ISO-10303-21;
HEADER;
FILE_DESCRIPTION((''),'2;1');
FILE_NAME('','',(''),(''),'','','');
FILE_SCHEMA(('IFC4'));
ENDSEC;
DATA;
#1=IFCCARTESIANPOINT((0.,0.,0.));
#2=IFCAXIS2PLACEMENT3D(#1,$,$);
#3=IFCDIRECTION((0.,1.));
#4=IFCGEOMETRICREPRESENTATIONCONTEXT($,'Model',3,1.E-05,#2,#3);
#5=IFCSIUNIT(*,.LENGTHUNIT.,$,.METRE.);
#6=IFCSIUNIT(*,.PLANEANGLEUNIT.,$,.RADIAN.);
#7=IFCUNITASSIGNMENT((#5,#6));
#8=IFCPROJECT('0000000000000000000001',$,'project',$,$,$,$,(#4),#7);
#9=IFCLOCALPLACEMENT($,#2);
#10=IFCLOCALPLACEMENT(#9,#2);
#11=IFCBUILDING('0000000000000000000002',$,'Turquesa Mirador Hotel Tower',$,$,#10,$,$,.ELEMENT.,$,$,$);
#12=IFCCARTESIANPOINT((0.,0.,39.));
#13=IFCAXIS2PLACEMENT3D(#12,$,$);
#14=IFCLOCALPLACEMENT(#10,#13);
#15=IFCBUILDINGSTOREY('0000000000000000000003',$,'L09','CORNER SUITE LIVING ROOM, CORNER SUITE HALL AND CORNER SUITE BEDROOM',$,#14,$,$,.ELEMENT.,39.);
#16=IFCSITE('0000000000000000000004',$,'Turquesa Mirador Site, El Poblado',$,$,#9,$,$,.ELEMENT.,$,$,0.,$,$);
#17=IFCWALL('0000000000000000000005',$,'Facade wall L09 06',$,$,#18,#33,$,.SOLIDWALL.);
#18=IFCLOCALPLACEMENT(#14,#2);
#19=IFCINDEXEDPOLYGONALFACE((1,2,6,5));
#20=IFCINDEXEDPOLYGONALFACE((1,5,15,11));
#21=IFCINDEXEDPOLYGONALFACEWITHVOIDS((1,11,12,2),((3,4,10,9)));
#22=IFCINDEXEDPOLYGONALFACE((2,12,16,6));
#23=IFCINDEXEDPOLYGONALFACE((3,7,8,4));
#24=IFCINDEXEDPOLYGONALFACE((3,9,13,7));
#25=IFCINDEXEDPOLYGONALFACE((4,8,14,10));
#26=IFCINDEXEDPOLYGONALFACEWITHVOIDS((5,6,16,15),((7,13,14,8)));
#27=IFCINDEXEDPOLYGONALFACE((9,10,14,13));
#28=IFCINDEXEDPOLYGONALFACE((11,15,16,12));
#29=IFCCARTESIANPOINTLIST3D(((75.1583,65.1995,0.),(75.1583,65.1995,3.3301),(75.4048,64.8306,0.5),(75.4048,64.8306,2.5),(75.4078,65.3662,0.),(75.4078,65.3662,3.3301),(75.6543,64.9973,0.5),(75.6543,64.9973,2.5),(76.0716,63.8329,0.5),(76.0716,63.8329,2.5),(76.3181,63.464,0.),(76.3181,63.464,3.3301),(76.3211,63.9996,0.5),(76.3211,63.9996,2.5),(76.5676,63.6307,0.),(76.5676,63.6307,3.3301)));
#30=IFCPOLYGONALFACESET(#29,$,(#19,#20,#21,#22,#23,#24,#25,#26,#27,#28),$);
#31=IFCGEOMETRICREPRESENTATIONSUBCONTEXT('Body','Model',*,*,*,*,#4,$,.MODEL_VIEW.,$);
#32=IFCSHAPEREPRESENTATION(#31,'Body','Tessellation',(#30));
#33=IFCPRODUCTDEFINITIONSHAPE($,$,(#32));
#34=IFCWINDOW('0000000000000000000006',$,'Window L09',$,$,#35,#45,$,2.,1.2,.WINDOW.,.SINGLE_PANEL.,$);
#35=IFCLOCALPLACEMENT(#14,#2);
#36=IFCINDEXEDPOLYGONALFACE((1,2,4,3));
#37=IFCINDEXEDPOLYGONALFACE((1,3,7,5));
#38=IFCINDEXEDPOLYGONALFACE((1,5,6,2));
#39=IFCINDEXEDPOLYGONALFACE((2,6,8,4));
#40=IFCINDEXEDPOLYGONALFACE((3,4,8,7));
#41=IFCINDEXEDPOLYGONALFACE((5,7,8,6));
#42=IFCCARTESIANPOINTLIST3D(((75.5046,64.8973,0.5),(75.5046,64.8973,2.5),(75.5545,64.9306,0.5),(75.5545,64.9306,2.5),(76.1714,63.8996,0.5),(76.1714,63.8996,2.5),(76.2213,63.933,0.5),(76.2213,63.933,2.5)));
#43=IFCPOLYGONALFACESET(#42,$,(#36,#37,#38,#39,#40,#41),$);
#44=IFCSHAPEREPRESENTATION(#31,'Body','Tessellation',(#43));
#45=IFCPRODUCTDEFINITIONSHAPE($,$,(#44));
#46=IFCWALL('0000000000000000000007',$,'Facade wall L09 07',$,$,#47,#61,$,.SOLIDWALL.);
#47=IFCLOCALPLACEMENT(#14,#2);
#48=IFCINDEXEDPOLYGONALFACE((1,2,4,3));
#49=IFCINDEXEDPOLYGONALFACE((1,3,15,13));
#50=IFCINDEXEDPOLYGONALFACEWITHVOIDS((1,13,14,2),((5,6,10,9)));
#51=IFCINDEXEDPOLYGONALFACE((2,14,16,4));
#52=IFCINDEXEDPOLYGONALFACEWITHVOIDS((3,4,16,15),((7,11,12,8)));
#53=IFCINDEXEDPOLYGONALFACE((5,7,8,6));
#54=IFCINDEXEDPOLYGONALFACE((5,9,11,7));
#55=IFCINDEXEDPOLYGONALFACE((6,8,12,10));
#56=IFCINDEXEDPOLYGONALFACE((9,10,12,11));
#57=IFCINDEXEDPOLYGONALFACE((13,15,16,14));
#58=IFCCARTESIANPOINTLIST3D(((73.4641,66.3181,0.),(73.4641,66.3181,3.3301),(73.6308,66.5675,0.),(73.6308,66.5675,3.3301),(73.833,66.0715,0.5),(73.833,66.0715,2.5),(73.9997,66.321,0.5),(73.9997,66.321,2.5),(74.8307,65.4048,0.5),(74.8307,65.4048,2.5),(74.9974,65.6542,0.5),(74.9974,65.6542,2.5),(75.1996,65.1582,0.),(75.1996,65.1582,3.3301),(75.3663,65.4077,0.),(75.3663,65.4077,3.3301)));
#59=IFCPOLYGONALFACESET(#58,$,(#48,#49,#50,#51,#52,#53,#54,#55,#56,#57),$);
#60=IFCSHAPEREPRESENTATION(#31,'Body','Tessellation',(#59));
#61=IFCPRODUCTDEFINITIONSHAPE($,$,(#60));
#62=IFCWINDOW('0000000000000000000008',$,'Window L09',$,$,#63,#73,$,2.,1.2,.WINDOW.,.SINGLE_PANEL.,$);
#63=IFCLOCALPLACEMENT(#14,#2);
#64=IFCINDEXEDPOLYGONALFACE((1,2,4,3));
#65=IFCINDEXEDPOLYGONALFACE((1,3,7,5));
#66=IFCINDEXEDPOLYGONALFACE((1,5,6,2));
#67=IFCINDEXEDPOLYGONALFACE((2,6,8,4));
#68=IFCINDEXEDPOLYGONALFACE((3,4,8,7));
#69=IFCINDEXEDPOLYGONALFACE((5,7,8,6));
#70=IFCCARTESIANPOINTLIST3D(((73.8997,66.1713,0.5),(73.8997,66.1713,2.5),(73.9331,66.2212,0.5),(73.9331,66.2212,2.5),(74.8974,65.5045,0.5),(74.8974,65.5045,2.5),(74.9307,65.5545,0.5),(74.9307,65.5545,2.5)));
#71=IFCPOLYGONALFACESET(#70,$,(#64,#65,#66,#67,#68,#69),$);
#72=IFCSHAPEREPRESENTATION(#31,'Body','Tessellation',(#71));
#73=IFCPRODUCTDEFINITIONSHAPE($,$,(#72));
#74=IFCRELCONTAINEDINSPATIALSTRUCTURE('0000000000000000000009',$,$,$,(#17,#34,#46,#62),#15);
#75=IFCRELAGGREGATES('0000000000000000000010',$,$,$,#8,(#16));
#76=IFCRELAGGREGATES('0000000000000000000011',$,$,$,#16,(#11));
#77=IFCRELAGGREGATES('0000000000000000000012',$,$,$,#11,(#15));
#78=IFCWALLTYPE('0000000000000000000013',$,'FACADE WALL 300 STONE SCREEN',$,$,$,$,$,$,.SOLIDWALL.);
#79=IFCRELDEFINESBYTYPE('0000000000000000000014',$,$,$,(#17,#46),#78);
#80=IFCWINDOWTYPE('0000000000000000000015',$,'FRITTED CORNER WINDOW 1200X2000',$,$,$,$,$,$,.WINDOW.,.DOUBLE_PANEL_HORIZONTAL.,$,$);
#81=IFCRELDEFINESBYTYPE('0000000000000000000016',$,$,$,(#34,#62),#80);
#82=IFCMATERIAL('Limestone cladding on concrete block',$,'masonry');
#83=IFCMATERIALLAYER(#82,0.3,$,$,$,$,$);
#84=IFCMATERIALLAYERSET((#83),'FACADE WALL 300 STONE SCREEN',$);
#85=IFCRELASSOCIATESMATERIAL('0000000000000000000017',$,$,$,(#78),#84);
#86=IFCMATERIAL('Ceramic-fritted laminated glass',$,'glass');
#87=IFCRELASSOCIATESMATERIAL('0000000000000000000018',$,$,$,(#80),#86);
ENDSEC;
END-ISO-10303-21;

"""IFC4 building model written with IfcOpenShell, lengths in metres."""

from ifc_helpers import new_model, si_unit, direction, frame, frame_2d, origin, place, context, subcontext, project, spatial, rectangle, extrude, material, layer, layer_set, type_object, element, fill, save


model = new_model("IFC4")

# Units and contexts
model_context = context("Model", 3, precision=1e-05, world=origin(), true_north=direction((0.0, 1.0)))
body_context = subcontext(model_context, "Body", "Model", "MODEL_VIEW")
ifc_project = project(units=[si_unit("LENGTHUNIT", "METRE"), si_unit("PLANEANGLEUNIT", "RADIAN")], contexts=[model_context])

# Site, building, storey
site_placement = place(None, origin())
site = spatial("IfcSite", under=ifc_project, at=site_placement, Name="Turquesa Mirador Site, El Poblado", CompositionType="ELEMENT", RefElevation=0.0)
building_placement = place(site_placement, origin())
building = spatial("IfcBuilding", under=site, at=building_placement, Name="Turquesa Mirador Hotel Tower", CompositionType="ELEMENT")
storey_placement = place(building_placement, frame((0.0, 0.0, 39.0)))
storey = spatial("IfcBuildingStorey", under=building, at=storey_placement, Name="L09", Description="CORNER SUITE LIVING ROOM, CORNER SUITE HALL AND CORNER SUITE BEDROOM", CompositionType="ELEMENT", Elevation=39.0)

# Walls, openings, windows
ifc_material_1 = material(Name="Limestone cladding on concrete block", Category="masonry")
ifc_layer = layer(ifc_material_1, 0.3)
ifc_layer_set = layer_set([ifc_layer], Name="FACADE WALL 300 STONE SCREEN")
wall_type = type_object("IfcWallType", Name="FACADE WALL 300 STONE SCREEN", PredefinedType="SOLIDWALL", material=ifc_layer_set)
ifc_material_2 = material(Name="Ceramic-fritted laminated glass", Category="glass")
window_type = type_object("IfcWindowType", Name="FRITTED CORNER WINDOW 1200X2000", PartitioningType="DOUBLE_PANEL_HORIZONTAL", PredefinedType="WINDOW", material=ifc_material_2)
wall_1_placement = place(storey_placement, frame((76.4429, 63.5474, 0.0), z_axis=(0.0, 0.0, 1.0), x_axis=(-0.555644, 0.83142, 0.0)))
wall_1 = element("IfcWall", 1, at=wall_1_placement, inside=storey, type_object=wall_type, Name="Facade wall L09 06", PredefinedType="SOLIDWALL", context=body_context, shape_type="SweptSolid", body=[
    extrude(rectangle(XDim=2.0874, YDim=0.3, at=frame_2d((1.0437, 0.0))), origin(), (0.0, 0.0, 1.0), 3.3301),
])
opening_1_placement = place(wall_1_placement, frame((0.4436, 0.0, 0.5)))
opening_1 = element("IfcOpeningElement", 2, at=opening_1_placement, cuts=wall_1, PredefinedType="OPENING", context=body_context, shape_type="SweptSolid", body=[
    extrude(rectangle(XDim=1.2, YDim=2.0, at=frame_2d((0.6001, 1.0))), frame((0.0, 0.1599, 0.0), z_axis=(0.0, -1.0, 0.0), x_axis=(1.0, 0.0, 0.0)), (0.0, 0.0, 1.0), 0.3201),
])
window_1_placement = place(opening_1_placement, origin())
window_1 = element("IfcWindow", 3, at=window_1_placement, inside=storey, type_object=window_type, Name="Window L09", OverallHeight=2.0, OverallWidth=1.2, PartitioningType="SINGLE_PANEL", PredefinedType="WINDOW", context=body_context, shape_type="SweptSolid", body=[
    extrude(rectangle(XDim=1.2, YDim=2.0, at=frame_2d((0.6001, 1.0))), frame((0.0, 0.03, 0.0), z_axis=(0.0, -1.0, 0.0), x_axis=(1.0, 0.0, 0.0)), (0.0, 0.0, 1.0), 0.0601),
])
fill(opening_1, window_1)
wall_2_placement = place(storey_placement, frame((75.283, 65.283, 0.0), z_axis=(0.0, 0.0, 1.0), x_axis=(-0.83142, 0.555644, 0.0)))
wall_2 = element("IfcWall", 4, at=wall_2_placement, inside=storey, type_object=wall_type, Name="Facade wall L09 07", PredefinedType="SOLIDWALL", context=body_context, shape_type="SweptSolid", body=[
    extrude(rectangle(XDim=2.0874, YDim=0.3, at=frame_2d((1.0437, 0.0))), origin(), (0.0, 0.0, 1.0), 3.3301),
])
opening_2_placement = place(wall_2_placement, frame((0.4436, 0.0, 0.5)))
opening_2 = element("IfcOpeningElement", 5, at=opening_2_placement, cuts=wall_2, PredefinedType="OPENING", context=body_context, shape_type="SweptSolid", body=[
    extrude(rectangle(XDim=1.2, YDim=2.0, at=frame_2d((0.6001, 1.0))), frame((0.0, 0.1599, 0.0), z_axis=(0.0, -1.0, 0.0), x_axis=(1.0, 0.0, 0.0)), (0.0, 0.0, 1.0), 0.3201),
])
window_2_placement = place(opening_2_placement, origin())
window_2 = element("IfcWindow", 6, at=window_2_placement, inside=storey, type_object=window_type, Name="Window L09", OverallHeight=2.0, OverallWidth=1.2, PartitioningType="SINGLE_PANEL", PredefinedType="WINDOW", context=body_context, shape_type="SweptSolid", body=[
    extrude(rectangle(XDim=1.2, YDim=2.0, at=frame_2d((0.6001, 1.0))), frame((0.0, 0.03, 0.0), z_axis=(0.0, -1.0, 0.0), x_axis=(1.0, 0.0, 0.0)), (0.0, 0.0, 1.0), 0.0601),
])
fill(opening_2, window_2)

save(model, "model.ifc")
